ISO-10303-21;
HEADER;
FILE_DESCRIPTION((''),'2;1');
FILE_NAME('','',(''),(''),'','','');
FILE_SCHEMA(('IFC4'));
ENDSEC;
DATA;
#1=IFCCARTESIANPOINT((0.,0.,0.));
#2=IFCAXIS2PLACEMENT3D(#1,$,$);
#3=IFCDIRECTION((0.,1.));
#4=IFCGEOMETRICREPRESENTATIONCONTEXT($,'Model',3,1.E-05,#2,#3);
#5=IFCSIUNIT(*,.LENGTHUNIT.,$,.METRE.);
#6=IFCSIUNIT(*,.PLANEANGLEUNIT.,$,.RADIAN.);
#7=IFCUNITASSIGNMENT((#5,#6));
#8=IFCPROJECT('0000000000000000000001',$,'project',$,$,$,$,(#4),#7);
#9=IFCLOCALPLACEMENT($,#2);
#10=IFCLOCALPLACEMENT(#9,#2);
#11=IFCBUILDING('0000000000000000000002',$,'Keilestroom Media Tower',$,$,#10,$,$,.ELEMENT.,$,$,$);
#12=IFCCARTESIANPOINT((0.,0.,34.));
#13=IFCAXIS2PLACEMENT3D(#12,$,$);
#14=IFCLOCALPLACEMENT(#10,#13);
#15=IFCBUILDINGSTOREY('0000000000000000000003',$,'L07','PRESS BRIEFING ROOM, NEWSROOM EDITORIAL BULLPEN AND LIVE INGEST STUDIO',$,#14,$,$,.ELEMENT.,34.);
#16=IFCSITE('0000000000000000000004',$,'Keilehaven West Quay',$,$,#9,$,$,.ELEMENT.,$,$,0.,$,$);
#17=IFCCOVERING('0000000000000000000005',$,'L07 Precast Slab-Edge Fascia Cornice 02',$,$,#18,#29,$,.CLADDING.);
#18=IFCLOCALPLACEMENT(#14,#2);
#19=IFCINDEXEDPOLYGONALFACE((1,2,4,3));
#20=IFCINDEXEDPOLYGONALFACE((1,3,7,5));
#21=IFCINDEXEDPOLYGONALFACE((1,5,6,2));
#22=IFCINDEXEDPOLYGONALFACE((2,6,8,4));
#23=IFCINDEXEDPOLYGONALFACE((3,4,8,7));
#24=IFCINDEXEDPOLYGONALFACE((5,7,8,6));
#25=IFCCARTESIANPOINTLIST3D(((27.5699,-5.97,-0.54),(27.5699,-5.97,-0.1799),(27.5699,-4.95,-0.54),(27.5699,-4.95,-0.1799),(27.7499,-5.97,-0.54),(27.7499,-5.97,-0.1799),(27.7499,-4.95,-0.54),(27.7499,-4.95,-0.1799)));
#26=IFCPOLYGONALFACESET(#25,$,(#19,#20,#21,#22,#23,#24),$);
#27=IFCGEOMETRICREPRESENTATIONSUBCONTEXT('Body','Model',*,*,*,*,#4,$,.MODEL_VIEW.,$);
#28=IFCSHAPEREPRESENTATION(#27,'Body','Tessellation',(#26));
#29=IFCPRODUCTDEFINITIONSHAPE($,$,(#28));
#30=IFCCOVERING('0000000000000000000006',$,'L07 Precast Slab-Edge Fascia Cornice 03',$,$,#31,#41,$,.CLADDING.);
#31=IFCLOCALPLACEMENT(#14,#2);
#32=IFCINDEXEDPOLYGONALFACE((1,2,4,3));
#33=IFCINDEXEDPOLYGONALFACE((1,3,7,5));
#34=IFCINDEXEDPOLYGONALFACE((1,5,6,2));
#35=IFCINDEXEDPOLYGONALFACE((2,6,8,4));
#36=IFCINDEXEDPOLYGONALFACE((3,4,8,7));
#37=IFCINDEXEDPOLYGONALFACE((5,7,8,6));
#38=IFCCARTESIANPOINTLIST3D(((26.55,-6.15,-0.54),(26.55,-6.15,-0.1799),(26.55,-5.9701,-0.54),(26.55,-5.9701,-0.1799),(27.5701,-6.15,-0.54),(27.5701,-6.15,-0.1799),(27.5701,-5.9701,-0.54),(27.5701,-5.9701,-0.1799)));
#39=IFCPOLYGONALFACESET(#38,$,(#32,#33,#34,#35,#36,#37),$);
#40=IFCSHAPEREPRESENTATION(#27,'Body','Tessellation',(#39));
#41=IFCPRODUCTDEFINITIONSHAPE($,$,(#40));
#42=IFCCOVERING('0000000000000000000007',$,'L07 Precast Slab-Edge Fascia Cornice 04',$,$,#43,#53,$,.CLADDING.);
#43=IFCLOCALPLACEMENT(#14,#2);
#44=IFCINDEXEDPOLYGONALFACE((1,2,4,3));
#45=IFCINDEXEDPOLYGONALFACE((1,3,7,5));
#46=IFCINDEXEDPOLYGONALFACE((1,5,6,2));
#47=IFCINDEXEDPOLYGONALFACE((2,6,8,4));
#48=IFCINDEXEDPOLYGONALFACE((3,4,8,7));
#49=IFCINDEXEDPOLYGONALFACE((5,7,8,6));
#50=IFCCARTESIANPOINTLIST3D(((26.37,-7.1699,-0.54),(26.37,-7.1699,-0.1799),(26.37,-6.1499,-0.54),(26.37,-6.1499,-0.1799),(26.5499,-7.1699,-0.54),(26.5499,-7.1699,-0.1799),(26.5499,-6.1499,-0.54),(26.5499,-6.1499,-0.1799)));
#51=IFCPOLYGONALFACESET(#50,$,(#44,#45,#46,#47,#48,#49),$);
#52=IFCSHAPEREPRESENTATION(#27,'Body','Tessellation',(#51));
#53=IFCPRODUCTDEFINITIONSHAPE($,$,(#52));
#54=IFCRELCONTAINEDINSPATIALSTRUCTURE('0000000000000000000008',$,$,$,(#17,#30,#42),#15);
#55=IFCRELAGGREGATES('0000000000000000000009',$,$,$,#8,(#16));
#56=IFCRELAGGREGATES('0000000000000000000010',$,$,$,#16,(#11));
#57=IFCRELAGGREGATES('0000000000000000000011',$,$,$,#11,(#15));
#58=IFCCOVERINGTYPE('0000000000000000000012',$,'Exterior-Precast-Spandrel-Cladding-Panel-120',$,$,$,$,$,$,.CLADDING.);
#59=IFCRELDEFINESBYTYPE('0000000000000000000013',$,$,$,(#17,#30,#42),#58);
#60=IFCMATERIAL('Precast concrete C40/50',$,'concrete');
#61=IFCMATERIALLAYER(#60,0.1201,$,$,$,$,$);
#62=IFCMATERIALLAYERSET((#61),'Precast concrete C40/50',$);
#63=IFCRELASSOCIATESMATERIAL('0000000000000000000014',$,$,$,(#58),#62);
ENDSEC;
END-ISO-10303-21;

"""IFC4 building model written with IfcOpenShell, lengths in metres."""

from ifc_helpers import new_model, si_unit, direction, frame, origin, origin_2d, place, context, subcontext, project, spatial, rectangle, extrude, source, transform, mapped, material, layer, layer_set, type_object, element, save


model = new_model("IFC4")

# Units and contexts
model_context = context("Model", 3, precision=1e-05, world=origin(), true_north=direction((0.0, 1.0)))
body_context = subcontext(model_context, "Body", "Model", "MODEL_VIEW")
ifc_project = project(units=[si_unit("LENGTHUNIT", "METRE"), si_unit("PLANEANGLEUNIT", "RADIAN")], contexts=[model_context])

# Site, building, storey
site_placement = place(None, origin())
site = spatial("IfcSite", under=ifc_project, at=site_placement, Name="Keilehaven West Quay", CompositionType="ELEMENT", RefElevation=0.0)
building_placement = place(site_placement, origin())
building = spatial("IfcBuilding", under=site, at=building_placement, Name="Keilestroom Media Tower", CompositionType="ELEMENT")
storey_placement = place(building_placement, frame((0.0, 0.0, 34.0)))
storey = spatial("IfcBuildingStorey", under=building, at=storey_placement, Name="L07", Description="PRESS BRIEFING ROOM, NEWSROOM EDITORIAL BULLPEN AND LIVE INGEST STUDIO", CompositionType="ELEMENT", Elevation=34.0)

# Shared definitions
ifc_material_1 = material(Name="Precast concrete C40/50", Category="concrete")

# Coverings
ifc_layer_1 = layer(ifc_material_1, 0.1201)
ifc_layer_set_1 = layer_set([ifc_layer_1], Name="Precast concrete C40/50")
covering_type = type_object("IfcCoveringType", Name="Exterior-Precast-Spandrel-Cladding-Panel-120", PredefinedType="CLADDING", material=ifc_layer_set_1)
shared_shape_1 = source(origin(), body_context, "Body", "SweptSolid", [
    extrude(rectangle(XDim=1.02, YDim=0.1799, at=origin_2d()), origin(), (0.0, 0.0, 1.0), 0.3601),
])
for number, where, z_axis, x_axis, name in (
    (1, (27.6599, -5.46, -0.54), (0.0, 0.0, 1.0), (0.0, -1.0, 0.0), "L07 Precast Slab-Edge Fascia Cornice 02"),
    (2, (27.0601, -6.0601, -0.54), (0.0, 0.0, 1.0), (-1.0, 0.0, 0.0), "L07 Precast Slab-Edge Fascia Cornice 03"),
    (3, (26.46, -6.6599, -0.54), (0.0, 0.0, 1.0), (0.0, -1.0, 0.0), "L07 Precast Slab-Edge Fascia Cornice 04"),
):
    element("IfcCovering", number, at=place(storey_placement, frame(where, z_axis=z_axis, x_axis=x_axis)), inside=storey, type_object=covering_type, Name=name, PredefinedType="CLADDING", context=body_context, shape_type="MappedRepresentation", body=[
        mapped(shared_shape_1, transform((0.0, 0.0, 0.0), x_axis=(1.0, 0.0, 0.0), y_axis=(0.0, 1.0, 0.0), z_axis=(0.0, 0.0, 1.0), scale=1.0)),
    ])

save(model, "model.ifc")
